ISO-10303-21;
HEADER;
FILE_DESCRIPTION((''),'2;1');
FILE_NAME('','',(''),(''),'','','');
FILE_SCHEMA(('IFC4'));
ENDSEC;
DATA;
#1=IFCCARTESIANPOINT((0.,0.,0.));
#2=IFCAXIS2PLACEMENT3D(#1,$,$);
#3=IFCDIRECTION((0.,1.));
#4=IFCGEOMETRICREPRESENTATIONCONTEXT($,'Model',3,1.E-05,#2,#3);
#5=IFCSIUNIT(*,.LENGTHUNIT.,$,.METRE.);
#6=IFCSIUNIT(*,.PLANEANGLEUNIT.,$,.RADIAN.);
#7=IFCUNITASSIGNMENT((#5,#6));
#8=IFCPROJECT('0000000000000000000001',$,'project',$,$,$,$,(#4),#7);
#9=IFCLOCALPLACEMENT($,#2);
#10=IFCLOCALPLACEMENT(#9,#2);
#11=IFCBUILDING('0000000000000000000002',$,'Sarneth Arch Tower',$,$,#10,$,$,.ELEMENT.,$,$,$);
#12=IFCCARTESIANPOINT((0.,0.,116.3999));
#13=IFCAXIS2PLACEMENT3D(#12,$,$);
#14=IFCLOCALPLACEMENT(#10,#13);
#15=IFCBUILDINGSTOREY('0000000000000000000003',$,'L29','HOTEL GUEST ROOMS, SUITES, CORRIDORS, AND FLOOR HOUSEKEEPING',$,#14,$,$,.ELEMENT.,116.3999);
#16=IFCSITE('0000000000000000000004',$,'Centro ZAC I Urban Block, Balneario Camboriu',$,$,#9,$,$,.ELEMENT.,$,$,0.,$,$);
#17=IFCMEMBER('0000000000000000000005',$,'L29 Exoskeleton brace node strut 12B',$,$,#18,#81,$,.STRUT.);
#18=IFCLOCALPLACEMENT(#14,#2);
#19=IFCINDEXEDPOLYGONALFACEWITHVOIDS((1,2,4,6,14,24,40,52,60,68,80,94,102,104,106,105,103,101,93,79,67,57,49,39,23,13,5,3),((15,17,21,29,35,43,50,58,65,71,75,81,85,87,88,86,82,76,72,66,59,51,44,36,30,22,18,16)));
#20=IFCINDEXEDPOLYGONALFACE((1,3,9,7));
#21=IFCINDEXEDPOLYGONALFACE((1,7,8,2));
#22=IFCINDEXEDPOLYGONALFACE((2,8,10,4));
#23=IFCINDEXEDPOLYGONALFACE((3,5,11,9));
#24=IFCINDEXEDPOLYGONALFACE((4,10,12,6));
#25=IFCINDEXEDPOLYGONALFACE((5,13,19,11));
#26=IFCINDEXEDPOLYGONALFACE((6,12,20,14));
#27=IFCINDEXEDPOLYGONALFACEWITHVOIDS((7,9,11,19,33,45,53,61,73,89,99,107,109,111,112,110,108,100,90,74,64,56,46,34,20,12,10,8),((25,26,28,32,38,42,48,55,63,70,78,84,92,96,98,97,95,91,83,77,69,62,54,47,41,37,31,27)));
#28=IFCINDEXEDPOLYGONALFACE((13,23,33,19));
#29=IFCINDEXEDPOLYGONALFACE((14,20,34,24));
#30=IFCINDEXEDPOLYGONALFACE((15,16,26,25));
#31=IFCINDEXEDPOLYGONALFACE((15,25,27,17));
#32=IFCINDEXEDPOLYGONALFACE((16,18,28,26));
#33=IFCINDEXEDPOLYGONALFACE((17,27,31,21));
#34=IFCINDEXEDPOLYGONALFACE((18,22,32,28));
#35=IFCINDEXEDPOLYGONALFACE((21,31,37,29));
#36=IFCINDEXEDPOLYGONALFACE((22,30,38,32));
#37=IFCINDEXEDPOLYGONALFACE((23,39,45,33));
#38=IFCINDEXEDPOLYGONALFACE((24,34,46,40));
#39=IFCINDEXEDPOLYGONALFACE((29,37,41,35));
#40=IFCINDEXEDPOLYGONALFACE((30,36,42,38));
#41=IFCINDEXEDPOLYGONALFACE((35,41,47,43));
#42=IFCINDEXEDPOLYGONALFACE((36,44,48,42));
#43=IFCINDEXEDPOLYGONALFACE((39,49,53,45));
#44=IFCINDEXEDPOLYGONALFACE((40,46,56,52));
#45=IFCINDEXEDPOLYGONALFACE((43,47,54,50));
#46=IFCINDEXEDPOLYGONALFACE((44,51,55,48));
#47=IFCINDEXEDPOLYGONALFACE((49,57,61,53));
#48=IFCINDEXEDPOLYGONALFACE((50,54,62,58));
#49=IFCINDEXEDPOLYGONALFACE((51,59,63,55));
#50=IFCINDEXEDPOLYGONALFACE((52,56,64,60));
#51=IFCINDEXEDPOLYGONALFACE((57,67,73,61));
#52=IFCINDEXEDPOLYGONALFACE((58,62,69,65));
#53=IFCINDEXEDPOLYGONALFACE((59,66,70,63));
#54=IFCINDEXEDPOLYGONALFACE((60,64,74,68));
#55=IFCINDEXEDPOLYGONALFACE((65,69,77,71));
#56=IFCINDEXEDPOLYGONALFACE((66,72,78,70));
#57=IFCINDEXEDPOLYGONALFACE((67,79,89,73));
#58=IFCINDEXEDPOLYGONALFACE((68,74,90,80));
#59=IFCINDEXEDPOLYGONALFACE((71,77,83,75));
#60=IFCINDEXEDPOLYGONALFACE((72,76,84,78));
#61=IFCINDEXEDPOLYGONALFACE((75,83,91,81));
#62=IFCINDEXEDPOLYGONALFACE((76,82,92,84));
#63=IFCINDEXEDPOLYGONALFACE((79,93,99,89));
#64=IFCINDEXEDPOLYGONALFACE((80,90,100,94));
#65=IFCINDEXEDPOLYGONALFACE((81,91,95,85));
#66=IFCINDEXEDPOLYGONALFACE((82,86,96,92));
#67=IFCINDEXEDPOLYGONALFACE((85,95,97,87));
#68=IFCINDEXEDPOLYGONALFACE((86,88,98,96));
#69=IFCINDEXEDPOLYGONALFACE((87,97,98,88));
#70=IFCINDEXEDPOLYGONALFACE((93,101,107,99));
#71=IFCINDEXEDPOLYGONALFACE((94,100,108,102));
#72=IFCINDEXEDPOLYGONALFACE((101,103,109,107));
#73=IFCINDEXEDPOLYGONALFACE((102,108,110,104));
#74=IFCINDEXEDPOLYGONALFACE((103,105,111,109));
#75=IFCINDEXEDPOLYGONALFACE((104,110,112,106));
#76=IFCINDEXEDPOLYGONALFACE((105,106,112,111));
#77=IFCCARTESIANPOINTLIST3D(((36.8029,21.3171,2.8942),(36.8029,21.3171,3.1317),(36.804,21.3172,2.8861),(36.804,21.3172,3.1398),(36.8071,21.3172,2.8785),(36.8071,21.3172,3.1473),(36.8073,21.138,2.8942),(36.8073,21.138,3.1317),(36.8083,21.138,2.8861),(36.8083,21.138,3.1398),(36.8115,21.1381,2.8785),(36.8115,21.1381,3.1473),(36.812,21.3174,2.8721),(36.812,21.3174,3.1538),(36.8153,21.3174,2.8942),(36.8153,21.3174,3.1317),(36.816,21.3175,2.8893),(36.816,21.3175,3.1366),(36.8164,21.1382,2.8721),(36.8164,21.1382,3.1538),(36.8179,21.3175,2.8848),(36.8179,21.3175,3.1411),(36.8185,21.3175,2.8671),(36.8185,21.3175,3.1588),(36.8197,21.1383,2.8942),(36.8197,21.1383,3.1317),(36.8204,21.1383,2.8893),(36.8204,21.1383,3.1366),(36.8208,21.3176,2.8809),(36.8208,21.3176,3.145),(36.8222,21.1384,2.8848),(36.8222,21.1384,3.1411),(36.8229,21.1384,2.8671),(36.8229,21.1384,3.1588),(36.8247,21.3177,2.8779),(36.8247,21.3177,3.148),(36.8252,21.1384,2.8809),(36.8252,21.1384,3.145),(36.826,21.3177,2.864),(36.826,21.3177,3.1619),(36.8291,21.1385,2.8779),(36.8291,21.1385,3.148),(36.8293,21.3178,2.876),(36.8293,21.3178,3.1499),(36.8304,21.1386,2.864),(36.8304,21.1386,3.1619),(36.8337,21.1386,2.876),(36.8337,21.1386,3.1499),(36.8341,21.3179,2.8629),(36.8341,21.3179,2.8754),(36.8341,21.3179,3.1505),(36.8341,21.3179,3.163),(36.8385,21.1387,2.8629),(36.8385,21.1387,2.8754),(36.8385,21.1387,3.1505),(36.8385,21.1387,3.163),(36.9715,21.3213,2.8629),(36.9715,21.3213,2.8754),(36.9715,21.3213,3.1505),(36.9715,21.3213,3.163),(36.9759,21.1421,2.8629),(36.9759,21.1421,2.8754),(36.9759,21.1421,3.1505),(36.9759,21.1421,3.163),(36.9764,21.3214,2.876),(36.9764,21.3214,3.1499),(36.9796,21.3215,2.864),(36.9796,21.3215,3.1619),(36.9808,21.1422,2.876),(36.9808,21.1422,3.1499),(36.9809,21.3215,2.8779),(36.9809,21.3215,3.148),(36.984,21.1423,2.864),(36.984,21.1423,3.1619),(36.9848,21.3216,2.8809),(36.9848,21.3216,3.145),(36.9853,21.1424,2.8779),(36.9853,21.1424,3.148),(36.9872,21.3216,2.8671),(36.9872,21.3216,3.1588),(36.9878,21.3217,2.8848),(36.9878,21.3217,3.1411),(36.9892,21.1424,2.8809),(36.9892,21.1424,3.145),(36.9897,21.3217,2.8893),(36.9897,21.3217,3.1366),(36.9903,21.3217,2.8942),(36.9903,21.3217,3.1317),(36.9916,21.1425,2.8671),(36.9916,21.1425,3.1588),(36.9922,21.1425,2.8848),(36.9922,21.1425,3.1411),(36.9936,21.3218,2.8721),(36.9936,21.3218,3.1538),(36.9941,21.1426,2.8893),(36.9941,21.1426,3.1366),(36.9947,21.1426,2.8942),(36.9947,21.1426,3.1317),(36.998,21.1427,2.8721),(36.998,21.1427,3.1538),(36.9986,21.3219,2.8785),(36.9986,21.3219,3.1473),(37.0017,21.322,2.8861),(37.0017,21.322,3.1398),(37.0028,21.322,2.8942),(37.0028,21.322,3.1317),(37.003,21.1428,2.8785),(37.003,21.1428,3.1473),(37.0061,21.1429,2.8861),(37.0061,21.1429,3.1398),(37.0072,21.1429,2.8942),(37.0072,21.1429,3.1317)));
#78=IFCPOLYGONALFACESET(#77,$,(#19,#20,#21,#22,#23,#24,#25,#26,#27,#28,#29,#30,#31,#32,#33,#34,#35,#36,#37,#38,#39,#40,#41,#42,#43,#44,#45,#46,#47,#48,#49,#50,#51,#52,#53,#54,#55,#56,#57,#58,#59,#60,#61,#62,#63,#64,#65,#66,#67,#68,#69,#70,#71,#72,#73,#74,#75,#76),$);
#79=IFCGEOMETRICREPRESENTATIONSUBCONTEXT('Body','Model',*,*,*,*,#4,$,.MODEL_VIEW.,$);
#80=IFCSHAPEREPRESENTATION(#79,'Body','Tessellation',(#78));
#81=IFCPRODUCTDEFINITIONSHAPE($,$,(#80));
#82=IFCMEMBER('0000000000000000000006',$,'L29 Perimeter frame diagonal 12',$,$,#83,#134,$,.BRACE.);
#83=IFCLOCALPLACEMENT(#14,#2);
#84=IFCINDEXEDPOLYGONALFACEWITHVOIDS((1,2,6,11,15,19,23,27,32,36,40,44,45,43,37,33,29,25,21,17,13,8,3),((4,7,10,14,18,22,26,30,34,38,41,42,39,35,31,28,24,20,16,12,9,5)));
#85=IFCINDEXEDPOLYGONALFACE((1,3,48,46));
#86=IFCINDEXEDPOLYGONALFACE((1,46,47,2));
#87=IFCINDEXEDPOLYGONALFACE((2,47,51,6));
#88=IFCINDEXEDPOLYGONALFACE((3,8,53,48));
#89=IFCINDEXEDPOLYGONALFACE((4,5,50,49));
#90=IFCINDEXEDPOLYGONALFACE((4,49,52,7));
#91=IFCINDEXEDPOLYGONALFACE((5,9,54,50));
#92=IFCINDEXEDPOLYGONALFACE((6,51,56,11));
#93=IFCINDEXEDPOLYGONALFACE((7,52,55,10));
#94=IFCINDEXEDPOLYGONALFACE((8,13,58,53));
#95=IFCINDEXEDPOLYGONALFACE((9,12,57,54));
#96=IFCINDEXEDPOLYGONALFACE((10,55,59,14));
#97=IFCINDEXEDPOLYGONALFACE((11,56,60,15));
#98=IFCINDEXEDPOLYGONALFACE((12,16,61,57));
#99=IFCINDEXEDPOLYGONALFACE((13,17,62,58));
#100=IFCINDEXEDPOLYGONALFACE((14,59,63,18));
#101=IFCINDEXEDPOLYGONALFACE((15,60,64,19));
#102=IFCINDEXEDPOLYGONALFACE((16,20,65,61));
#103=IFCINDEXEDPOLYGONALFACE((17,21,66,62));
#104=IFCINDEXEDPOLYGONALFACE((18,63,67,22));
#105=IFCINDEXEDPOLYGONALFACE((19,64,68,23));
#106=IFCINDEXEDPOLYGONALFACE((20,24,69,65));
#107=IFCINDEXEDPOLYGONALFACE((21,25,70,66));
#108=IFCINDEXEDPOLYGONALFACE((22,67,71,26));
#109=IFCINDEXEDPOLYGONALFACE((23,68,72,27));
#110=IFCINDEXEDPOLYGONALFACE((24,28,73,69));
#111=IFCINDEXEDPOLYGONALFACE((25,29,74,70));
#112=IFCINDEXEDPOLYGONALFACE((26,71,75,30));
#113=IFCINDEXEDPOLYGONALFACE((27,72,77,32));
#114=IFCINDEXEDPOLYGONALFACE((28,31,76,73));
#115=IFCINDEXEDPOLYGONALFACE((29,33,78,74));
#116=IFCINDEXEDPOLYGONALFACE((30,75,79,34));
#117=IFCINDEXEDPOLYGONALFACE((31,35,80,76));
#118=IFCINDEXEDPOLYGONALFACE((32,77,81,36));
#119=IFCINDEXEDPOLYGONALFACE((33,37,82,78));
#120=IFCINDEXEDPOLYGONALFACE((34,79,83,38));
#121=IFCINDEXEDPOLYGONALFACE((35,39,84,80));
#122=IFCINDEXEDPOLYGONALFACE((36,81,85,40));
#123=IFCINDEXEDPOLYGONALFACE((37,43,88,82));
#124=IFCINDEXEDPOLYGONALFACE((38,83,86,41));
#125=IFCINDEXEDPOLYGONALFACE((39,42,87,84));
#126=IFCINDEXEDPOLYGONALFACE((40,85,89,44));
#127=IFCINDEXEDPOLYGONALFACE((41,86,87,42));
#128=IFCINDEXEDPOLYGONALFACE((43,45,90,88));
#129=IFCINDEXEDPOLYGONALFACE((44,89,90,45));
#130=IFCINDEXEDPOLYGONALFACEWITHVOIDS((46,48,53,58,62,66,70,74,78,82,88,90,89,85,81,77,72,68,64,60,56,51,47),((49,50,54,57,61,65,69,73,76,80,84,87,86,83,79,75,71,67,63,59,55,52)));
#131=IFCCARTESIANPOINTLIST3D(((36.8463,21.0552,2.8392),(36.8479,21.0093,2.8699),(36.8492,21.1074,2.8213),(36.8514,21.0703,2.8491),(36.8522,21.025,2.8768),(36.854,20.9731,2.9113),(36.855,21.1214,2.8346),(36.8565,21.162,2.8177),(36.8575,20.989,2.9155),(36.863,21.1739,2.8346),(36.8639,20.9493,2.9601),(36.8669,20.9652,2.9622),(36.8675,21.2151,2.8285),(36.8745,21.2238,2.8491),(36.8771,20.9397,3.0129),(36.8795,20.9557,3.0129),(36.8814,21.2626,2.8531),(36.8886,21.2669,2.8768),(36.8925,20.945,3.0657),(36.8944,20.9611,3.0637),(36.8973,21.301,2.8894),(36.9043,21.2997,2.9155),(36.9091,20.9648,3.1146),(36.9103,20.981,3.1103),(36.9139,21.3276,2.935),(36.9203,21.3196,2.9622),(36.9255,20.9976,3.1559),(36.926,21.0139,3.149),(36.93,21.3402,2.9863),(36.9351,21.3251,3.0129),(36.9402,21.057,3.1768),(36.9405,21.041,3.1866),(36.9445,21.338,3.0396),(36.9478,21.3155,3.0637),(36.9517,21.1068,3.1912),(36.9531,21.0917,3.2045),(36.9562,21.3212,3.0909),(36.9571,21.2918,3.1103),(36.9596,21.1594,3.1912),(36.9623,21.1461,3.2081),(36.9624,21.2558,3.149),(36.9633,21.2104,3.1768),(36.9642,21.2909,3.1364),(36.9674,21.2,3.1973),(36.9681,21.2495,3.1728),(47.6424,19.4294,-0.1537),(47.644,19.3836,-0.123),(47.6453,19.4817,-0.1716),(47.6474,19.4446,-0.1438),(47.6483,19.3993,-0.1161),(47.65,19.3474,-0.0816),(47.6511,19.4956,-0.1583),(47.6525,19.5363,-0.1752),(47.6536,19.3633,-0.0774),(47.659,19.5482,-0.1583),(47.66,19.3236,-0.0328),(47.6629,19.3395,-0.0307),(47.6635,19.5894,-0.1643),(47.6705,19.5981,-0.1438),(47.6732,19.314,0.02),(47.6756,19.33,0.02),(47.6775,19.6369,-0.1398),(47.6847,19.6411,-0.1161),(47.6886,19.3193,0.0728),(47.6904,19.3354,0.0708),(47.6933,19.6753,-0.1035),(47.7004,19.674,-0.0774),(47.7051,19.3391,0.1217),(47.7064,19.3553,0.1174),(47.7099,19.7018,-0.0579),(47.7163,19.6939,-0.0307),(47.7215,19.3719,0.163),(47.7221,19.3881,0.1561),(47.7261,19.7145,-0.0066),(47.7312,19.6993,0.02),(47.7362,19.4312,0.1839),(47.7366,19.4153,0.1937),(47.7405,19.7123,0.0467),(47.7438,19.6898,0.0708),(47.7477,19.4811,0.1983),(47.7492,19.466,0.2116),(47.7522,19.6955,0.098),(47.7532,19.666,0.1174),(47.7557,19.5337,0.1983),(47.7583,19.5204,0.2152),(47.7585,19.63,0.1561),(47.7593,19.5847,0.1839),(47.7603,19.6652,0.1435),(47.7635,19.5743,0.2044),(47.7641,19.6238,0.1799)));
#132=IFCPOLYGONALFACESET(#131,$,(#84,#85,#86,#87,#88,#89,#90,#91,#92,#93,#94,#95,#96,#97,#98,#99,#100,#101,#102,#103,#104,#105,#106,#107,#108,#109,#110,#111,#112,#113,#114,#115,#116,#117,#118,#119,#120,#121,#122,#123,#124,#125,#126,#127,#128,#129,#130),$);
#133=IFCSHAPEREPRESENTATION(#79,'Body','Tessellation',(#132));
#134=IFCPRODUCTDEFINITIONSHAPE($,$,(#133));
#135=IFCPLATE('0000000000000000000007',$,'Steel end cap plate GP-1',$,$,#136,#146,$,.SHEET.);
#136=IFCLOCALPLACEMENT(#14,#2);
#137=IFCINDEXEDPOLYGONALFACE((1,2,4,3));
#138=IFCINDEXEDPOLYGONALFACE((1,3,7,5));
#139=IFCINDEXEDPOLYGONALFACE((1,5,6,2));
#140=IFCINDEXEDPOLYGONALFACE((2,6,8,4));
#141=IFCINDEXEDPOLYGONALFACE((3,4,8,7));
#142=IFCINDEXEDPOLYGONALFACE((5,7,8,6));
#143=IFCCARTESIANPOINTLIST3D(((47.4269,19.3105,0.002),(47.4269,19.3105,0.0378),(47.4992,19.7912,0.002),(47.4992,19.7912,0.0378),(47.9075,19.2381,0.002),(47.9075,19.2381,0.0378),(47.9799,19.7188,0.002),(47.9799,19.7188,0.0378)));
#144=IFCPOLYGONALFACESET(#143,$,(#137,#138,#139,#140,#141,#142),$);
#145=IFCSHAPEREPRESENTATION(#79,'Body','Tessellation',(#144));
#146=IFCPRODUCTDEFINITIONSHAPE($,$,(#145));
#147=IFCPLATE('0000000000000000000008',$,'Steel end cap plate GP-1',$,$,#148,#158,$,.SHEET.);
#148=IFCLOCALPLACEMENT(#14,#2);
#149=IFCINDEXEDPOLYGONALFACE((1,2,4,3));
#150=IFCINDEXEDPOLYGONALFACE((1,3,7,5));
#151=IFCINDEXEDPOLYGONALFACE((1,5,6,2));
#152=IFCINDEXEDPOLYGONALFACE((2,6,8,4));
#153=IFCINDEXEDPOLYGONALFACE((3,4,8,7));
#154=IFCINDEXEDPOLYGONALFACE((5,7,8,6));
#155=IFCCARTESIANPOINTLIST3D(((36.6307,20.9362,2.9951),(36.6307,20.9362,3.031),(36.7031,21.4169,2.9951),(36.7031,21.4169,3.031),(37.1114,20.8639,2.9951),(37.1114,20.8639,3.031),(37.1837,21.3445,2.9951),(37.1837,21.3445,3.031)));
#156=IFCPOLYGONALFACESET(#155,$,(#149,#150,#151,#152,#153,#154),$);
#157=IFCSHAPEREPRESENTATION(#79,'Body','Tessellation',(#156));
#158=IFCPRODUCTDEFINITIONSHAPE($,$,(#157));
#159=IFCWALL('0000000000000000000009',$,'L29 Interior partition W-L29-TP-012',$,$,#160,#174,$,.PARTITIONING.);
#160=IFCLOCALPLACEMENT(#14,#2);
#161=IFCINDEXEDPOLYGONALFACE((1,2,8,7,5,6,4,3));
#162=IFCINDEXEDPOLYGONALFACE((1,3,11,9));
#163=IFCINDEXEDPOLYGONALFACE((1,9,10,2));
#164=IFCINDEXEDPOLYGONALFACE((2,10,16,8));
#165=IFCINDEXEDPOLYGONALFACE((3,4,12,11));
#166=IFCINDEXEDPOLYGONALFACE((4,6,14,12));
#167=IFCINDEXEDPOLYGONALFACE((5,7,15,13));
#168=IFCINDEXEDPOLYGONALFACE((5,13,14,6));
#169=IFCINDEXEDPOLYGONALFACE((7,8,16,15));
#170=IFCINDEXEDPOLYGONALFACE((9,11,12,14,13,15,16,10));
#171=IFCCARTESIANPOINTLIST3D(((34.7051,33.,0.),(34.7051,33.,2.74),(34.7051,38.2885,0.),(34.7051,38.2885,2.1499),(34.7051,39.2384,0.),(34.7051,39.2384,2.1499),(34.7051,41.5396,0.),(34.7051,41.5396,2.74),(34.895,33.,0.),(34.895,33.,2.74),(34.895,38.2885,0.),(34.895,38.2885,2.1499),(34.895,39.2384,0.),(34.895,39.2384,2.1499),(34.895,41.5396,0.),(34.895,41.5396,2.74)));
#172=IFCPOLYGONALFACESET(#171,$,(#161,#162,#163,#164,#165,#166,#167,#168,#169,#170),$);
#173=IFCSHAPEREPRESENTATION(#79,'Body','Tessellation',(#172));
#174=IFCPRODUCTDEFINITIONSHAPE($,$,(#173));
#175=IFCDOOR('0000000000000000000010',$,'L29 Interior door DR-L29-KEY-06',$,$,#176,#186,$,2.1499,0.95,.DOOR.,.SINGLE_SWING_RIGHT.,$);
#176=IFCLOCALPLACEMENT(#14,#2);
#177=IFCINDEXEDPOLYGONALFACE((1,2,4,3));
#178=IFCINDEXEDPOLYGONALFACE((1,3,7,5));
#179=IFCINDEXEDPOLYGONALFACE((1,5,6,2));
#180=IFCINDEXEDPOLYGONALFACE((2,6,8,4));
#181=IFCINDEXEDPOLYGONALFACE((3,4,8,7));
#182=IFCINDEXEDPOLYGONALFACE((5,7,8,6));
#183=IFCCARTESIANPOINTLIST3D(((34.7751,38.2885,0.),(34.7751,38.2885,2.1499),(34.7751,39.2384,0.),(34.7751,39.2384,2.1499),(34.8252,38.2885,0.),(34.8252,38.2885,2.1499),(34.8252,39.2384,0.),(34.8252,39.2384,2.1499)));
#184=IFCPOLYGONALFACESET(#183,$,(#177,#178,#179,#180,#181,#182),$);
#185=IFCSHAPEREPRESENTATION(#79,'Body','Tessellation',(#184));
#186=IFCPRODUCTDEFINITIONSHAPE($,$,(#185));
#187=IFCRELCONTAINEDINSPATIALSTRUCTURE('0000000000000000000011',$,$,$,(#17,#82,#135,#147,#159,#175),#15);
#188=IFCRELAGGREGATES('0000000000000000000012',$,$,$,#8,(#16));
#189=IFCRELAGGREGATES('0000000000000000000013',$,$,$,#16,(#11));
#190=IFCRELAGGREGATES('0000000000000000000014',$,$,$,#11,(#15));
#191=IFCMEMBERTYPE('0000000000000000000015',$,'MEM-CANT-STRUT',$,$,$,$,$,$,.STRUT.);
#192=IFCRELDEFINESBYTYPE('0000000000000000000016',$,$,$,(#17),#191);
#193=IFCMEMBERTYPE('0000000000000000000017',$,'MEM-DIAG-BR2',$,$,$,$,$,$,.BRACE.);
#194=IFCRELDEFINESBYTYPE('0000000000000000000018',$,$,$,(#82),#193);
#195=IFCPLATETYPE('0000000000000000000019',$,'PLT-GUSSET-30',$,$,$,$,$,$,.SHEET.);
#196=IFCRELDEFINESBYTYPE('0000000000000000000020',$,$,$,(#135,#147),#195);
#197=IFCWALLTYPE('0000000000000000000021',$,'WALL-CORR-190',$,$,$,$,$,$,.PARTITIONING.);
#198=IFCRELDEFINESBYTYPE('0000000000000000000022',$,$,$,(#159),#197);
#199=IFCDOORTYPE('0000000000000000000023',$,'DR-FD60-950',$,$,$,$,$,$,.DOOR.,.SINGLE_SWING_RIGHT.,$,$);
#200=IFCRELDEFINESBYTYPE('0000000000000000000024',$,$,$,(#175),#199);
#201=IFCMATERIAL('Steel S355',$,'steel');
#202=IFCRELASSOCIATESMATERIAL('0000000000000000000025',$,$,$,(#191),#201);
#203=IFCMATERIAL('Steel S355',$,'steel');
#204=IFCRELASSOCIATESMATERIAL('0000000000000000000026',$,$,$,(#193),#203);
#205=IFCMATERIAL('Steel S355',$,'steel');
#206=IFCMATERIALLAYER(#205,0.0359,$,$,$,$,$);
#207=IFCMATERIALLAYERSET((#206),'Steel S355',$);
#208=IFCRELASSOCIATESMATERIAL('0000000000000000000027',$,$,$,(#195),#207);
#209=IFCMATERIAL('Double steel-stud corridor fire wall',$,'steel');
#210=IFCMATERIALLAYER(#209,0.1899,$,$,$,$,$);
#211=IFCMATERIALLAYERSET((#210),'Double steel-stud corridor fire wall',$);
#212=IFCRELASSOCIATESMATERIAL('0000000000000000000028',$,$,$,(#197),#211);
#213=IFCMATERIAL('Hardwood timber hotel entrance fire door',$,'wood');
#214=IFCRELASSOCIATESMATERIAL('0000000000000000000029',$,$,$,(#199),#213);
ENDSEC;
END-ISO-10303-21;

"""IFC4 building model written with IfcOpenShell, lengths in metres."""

from ifc_helpers import new_model, si_unit, direction, frame, frame_2d, origin, origin_2d, place, context, subcontext, project, spatial, rectangle, hollow_rectangle, hollow_circle, extrude, material, layer, layer_set, material_profile, profile_set, type_object, element, fill, save


model = new_model("IFC4")

# Units and contexts
model_context = context("Model", 3, precision=1e-05, world=origin(), true_north=direction((0.0, 1.0)))
body_context = subcontext(model_context, "Body", "Model", "MODEL_VIEW")
ifc_project = project(units=[si_unit("LENGTHUNIT", "METRE"), si_unit("PLANEANGLEUNIT", "RADIAN")], contexts=[model_context])

# Site, building, storey
site_placement = place(None, origin())
site = spatial("IfcSite", under=ifc_project, at=site_placement, Name="Centro ZAC I Urban Block, Balneario Camboriu", CompositionType="ELEMENT", RefElevation=0.0)
building_placement = place(site_placement, origin())
building = spatial("IfcBuilding", under=site, at=building_placement, Name="Sarneth Arch Tower", CompositionType="ELEMENT")
storey_placement = place(building_placement, frame((0.0, 0.0, 116.3999)))
storey = spatial("IfcBuildingStorey", under=building, at=storey_placement, Name="L29", Description="HOTEL GUEST ROOMS, SUITES, CORRIDORS, AND FLOOR HOUSEKEEPING", CompositionType="ELEMENT", Elevation=116.3999)

# Members
ifc_material_1 = material(Name="Steel S355", Category="steel")
ifc_material_profile_1 = material_profile(ifc_material_1, hollow_rectangle(XDim=0.2, YDim=0.3, WallThickness=0.0125, InnerFilletRadius=0.0188, OuterFilletRadius=0.0312, at=origin_2d()), Name="RHS300x200x12.5")
ifc_profile_set_1 = profile_set([ifc_material_profile_1], Name="Steel S355")
member_type_1 = type_object("IfcMemberType", Name="MEM-CANT-STRUT", PredefinedType="STRUT", material=ifc_profile_set_1)
member_1_placement = place(storey_placement, frame((36.9028, 21.3196, 3.0129), z_axis=(0.024516, -0.999699, 0.0), x_axis=(0.999699, 0.024516, 0.0)))
element("IfcMember", 1, at=member_1_placement, inside=storey, type_object=member_type_1, Name="L29 Exoskeleton brace node strut 12B", PredefinedType="STRUT", context=body_context, shape_type="SweptSolid", body=[
    extrude(hollow_rectangle(XDim=0.2, YDim=0.3, WallThickness=0.0125, InnerFilletRadius=0.0188, OuterFilletRadius=0.0312, at=origin_2d()), origin(), (0.0, 0.0, 1.0), 0.1792),
])
ifc_material_2 = material(Name="Steel S355", Category="steel")
ifc_material_profile_2 = material_profile(ifc_material_2, hollow_circle(Radius=0.2029, WallThickness=0.0161, at=origin_2d()), Name="CHS406x16")
ifc_profile_set_2 = profile_set([ifc_material_profile_2], Name="Steel S355")
member_type_2 = type_object("IfcMemberType", Name="MEM-DIAG-BR2", PredefinedType="BRACE", material=ifc_profile_set_2)
member_2_placement = place(storey_placement, frame((47.7034, 19.5146, 0.02), z_axis=(-0.953668, 0.143608, 0.264377), x_axis=(-0.148906, -0.988851, 0.0)))
element("IfcMember", 2, at=member_2_placement, inside=storey, type_object=member_type_2, Name="L29 Perimeter frame diagonal 12", PredefinedType="BRACE", context=body_context, shape_type="SweptSolid", body=[
    extrude(hollow_circle(Radius=0.2029, WallThickness=0.0161, at=origin_2d()), origin(), (0.0, 0.0, 1.0), 11.3206),
])

# Plates
ifc_material_3 = material(Name="Steel S355", Category="steel")
ifc_layer_1 = layer(ifc_material_3, 0.0359)
ifc_layer_set_1 = layer_set([ifc_layer_1], Name="Steel S355")
plate_type = type_object("IfcPlateType", Name="PLT-GUSSET-30", PredefinedType="SHEET", material=ifc_layer_set_1)
for number, where, z_axis, x_axis, name in (
    (3, (47.7034, 19.5146, 0.002), (0.0, 0.0, 1.0), (0.988861, -0.148845, 0.0), "Steel end cap plate GP-1"),
    (4, (36.9072, 21.1404, 2.9951), (0.0, 0.0, 1.0), (0.988861, -0.148845, 0.0), "Steel end cap plate GP-1"),
):
    element("IfcPlate", number, at=place(storey_placement, frame(where, z_axis=z_axis, x_axis=x_axis)), inside=storey, type_object=plate_type, Name=name, PredefinedType="SHEET", context=body_context, shape_type="SweptSolid", body=[
        extrude(rectangle(XDim=0.4861, YDim=0.4861, at=origin_2d()), origin(), (0.0, 0.0, 1.0), 0.0359),
    ])

# Wall, opening, door
ifc_material_4 = material(Name="Double steel-stud corridor fire wall", Category="steel")
ifc_layer_2 = layer(ifc_material_4, 0.1899)
ifc_layer_set_2 = layer_set([ifc_layer_2], Name="Double steel-stud corridor fire wall")
wall_type_1 = type_object("IfcWallType", Name="WALL-CORR-190", PredefinedType="PARTITIONING", material=ifc_layer_set_2)
wall_1_placement = place(storey_placement, frame((34.8, 33.0, 0.0), z_axis=(0.0, 0.0, 1.0), x_axis=(0.0, 1.0, 0.0)))
wall_1 = element("IfcWall", 5, at=wall_1_placement, inside=storey, type_object=wall_type_1, Name="L29 Interior partition W-L29-TP-012", PredefinedType="PARTITIONING", context=body_context, shape_type="SweptSolid", body=[
    extrude(rectangle(XDim=8.5396, YDim=0.1899, at=frame_2d((4.2698, 0.0))), origin(), (0.0, 0.0, 1.0), 2.74),
])
opening_1_placement = place(wall_1_placement, frame((5.2883, 0.0, 0.0)))
opening_1 = element("IfcOpeningElement", 6, at=opening_1_placement, cuts=wall_1, PredefinedType="OPENING", context=body_context, shape_type="SweptSolid", body=[
    extrude(rectangle(XDim=0.95, YDim=2.1499, at=frame_2d((0.4751, 1.075))), frame((0.0, 0.105, 0.0), z_axis=(0.0, -1.0, 0.0), x_axis=(1.0, 0.0, 0.0)), (0.0, 0.0, 1.0), 0.21),
])
ifc_material_5 = material(Name="Hardwood timber hotel entrance fire door", Category="wood")
door_type_1 = type_object("IfcDoorType", Name="DR-FD60-950", OperationType="SINGLE_SWING_RIGHT", PredefinedType="DOOR", material=ifc_material_5)
door_1_placement = place(opening_1_placement, origin())
door_1 = element("IfcDoor", 7, at=door_1_placement, inside=storey, type_object=door_type_1, Name="L29 Interior door DR-L29-KEY-06", OperationType="SINGLE_SWING_RIGHT", OverallHeight=2.1499, OverallWidth=0.95, PredefinedType="DOOR", context=body_context, shape_type="SweptSolid", body=[
    extrude(rectangle(XDim=0.95, YDim=2.1499, at=frame_2d((0.4751, 1.075))), frame((0.0, 0.0249, 0.0), z_axis=(0.0, -1.0, 0.0), x_axis=(1.0, 0.0, 0.0)), (0.0, 0.0, 1.0), 0.05),
])
fill(opening_1, door_1)

save(model, "model.ifc")
